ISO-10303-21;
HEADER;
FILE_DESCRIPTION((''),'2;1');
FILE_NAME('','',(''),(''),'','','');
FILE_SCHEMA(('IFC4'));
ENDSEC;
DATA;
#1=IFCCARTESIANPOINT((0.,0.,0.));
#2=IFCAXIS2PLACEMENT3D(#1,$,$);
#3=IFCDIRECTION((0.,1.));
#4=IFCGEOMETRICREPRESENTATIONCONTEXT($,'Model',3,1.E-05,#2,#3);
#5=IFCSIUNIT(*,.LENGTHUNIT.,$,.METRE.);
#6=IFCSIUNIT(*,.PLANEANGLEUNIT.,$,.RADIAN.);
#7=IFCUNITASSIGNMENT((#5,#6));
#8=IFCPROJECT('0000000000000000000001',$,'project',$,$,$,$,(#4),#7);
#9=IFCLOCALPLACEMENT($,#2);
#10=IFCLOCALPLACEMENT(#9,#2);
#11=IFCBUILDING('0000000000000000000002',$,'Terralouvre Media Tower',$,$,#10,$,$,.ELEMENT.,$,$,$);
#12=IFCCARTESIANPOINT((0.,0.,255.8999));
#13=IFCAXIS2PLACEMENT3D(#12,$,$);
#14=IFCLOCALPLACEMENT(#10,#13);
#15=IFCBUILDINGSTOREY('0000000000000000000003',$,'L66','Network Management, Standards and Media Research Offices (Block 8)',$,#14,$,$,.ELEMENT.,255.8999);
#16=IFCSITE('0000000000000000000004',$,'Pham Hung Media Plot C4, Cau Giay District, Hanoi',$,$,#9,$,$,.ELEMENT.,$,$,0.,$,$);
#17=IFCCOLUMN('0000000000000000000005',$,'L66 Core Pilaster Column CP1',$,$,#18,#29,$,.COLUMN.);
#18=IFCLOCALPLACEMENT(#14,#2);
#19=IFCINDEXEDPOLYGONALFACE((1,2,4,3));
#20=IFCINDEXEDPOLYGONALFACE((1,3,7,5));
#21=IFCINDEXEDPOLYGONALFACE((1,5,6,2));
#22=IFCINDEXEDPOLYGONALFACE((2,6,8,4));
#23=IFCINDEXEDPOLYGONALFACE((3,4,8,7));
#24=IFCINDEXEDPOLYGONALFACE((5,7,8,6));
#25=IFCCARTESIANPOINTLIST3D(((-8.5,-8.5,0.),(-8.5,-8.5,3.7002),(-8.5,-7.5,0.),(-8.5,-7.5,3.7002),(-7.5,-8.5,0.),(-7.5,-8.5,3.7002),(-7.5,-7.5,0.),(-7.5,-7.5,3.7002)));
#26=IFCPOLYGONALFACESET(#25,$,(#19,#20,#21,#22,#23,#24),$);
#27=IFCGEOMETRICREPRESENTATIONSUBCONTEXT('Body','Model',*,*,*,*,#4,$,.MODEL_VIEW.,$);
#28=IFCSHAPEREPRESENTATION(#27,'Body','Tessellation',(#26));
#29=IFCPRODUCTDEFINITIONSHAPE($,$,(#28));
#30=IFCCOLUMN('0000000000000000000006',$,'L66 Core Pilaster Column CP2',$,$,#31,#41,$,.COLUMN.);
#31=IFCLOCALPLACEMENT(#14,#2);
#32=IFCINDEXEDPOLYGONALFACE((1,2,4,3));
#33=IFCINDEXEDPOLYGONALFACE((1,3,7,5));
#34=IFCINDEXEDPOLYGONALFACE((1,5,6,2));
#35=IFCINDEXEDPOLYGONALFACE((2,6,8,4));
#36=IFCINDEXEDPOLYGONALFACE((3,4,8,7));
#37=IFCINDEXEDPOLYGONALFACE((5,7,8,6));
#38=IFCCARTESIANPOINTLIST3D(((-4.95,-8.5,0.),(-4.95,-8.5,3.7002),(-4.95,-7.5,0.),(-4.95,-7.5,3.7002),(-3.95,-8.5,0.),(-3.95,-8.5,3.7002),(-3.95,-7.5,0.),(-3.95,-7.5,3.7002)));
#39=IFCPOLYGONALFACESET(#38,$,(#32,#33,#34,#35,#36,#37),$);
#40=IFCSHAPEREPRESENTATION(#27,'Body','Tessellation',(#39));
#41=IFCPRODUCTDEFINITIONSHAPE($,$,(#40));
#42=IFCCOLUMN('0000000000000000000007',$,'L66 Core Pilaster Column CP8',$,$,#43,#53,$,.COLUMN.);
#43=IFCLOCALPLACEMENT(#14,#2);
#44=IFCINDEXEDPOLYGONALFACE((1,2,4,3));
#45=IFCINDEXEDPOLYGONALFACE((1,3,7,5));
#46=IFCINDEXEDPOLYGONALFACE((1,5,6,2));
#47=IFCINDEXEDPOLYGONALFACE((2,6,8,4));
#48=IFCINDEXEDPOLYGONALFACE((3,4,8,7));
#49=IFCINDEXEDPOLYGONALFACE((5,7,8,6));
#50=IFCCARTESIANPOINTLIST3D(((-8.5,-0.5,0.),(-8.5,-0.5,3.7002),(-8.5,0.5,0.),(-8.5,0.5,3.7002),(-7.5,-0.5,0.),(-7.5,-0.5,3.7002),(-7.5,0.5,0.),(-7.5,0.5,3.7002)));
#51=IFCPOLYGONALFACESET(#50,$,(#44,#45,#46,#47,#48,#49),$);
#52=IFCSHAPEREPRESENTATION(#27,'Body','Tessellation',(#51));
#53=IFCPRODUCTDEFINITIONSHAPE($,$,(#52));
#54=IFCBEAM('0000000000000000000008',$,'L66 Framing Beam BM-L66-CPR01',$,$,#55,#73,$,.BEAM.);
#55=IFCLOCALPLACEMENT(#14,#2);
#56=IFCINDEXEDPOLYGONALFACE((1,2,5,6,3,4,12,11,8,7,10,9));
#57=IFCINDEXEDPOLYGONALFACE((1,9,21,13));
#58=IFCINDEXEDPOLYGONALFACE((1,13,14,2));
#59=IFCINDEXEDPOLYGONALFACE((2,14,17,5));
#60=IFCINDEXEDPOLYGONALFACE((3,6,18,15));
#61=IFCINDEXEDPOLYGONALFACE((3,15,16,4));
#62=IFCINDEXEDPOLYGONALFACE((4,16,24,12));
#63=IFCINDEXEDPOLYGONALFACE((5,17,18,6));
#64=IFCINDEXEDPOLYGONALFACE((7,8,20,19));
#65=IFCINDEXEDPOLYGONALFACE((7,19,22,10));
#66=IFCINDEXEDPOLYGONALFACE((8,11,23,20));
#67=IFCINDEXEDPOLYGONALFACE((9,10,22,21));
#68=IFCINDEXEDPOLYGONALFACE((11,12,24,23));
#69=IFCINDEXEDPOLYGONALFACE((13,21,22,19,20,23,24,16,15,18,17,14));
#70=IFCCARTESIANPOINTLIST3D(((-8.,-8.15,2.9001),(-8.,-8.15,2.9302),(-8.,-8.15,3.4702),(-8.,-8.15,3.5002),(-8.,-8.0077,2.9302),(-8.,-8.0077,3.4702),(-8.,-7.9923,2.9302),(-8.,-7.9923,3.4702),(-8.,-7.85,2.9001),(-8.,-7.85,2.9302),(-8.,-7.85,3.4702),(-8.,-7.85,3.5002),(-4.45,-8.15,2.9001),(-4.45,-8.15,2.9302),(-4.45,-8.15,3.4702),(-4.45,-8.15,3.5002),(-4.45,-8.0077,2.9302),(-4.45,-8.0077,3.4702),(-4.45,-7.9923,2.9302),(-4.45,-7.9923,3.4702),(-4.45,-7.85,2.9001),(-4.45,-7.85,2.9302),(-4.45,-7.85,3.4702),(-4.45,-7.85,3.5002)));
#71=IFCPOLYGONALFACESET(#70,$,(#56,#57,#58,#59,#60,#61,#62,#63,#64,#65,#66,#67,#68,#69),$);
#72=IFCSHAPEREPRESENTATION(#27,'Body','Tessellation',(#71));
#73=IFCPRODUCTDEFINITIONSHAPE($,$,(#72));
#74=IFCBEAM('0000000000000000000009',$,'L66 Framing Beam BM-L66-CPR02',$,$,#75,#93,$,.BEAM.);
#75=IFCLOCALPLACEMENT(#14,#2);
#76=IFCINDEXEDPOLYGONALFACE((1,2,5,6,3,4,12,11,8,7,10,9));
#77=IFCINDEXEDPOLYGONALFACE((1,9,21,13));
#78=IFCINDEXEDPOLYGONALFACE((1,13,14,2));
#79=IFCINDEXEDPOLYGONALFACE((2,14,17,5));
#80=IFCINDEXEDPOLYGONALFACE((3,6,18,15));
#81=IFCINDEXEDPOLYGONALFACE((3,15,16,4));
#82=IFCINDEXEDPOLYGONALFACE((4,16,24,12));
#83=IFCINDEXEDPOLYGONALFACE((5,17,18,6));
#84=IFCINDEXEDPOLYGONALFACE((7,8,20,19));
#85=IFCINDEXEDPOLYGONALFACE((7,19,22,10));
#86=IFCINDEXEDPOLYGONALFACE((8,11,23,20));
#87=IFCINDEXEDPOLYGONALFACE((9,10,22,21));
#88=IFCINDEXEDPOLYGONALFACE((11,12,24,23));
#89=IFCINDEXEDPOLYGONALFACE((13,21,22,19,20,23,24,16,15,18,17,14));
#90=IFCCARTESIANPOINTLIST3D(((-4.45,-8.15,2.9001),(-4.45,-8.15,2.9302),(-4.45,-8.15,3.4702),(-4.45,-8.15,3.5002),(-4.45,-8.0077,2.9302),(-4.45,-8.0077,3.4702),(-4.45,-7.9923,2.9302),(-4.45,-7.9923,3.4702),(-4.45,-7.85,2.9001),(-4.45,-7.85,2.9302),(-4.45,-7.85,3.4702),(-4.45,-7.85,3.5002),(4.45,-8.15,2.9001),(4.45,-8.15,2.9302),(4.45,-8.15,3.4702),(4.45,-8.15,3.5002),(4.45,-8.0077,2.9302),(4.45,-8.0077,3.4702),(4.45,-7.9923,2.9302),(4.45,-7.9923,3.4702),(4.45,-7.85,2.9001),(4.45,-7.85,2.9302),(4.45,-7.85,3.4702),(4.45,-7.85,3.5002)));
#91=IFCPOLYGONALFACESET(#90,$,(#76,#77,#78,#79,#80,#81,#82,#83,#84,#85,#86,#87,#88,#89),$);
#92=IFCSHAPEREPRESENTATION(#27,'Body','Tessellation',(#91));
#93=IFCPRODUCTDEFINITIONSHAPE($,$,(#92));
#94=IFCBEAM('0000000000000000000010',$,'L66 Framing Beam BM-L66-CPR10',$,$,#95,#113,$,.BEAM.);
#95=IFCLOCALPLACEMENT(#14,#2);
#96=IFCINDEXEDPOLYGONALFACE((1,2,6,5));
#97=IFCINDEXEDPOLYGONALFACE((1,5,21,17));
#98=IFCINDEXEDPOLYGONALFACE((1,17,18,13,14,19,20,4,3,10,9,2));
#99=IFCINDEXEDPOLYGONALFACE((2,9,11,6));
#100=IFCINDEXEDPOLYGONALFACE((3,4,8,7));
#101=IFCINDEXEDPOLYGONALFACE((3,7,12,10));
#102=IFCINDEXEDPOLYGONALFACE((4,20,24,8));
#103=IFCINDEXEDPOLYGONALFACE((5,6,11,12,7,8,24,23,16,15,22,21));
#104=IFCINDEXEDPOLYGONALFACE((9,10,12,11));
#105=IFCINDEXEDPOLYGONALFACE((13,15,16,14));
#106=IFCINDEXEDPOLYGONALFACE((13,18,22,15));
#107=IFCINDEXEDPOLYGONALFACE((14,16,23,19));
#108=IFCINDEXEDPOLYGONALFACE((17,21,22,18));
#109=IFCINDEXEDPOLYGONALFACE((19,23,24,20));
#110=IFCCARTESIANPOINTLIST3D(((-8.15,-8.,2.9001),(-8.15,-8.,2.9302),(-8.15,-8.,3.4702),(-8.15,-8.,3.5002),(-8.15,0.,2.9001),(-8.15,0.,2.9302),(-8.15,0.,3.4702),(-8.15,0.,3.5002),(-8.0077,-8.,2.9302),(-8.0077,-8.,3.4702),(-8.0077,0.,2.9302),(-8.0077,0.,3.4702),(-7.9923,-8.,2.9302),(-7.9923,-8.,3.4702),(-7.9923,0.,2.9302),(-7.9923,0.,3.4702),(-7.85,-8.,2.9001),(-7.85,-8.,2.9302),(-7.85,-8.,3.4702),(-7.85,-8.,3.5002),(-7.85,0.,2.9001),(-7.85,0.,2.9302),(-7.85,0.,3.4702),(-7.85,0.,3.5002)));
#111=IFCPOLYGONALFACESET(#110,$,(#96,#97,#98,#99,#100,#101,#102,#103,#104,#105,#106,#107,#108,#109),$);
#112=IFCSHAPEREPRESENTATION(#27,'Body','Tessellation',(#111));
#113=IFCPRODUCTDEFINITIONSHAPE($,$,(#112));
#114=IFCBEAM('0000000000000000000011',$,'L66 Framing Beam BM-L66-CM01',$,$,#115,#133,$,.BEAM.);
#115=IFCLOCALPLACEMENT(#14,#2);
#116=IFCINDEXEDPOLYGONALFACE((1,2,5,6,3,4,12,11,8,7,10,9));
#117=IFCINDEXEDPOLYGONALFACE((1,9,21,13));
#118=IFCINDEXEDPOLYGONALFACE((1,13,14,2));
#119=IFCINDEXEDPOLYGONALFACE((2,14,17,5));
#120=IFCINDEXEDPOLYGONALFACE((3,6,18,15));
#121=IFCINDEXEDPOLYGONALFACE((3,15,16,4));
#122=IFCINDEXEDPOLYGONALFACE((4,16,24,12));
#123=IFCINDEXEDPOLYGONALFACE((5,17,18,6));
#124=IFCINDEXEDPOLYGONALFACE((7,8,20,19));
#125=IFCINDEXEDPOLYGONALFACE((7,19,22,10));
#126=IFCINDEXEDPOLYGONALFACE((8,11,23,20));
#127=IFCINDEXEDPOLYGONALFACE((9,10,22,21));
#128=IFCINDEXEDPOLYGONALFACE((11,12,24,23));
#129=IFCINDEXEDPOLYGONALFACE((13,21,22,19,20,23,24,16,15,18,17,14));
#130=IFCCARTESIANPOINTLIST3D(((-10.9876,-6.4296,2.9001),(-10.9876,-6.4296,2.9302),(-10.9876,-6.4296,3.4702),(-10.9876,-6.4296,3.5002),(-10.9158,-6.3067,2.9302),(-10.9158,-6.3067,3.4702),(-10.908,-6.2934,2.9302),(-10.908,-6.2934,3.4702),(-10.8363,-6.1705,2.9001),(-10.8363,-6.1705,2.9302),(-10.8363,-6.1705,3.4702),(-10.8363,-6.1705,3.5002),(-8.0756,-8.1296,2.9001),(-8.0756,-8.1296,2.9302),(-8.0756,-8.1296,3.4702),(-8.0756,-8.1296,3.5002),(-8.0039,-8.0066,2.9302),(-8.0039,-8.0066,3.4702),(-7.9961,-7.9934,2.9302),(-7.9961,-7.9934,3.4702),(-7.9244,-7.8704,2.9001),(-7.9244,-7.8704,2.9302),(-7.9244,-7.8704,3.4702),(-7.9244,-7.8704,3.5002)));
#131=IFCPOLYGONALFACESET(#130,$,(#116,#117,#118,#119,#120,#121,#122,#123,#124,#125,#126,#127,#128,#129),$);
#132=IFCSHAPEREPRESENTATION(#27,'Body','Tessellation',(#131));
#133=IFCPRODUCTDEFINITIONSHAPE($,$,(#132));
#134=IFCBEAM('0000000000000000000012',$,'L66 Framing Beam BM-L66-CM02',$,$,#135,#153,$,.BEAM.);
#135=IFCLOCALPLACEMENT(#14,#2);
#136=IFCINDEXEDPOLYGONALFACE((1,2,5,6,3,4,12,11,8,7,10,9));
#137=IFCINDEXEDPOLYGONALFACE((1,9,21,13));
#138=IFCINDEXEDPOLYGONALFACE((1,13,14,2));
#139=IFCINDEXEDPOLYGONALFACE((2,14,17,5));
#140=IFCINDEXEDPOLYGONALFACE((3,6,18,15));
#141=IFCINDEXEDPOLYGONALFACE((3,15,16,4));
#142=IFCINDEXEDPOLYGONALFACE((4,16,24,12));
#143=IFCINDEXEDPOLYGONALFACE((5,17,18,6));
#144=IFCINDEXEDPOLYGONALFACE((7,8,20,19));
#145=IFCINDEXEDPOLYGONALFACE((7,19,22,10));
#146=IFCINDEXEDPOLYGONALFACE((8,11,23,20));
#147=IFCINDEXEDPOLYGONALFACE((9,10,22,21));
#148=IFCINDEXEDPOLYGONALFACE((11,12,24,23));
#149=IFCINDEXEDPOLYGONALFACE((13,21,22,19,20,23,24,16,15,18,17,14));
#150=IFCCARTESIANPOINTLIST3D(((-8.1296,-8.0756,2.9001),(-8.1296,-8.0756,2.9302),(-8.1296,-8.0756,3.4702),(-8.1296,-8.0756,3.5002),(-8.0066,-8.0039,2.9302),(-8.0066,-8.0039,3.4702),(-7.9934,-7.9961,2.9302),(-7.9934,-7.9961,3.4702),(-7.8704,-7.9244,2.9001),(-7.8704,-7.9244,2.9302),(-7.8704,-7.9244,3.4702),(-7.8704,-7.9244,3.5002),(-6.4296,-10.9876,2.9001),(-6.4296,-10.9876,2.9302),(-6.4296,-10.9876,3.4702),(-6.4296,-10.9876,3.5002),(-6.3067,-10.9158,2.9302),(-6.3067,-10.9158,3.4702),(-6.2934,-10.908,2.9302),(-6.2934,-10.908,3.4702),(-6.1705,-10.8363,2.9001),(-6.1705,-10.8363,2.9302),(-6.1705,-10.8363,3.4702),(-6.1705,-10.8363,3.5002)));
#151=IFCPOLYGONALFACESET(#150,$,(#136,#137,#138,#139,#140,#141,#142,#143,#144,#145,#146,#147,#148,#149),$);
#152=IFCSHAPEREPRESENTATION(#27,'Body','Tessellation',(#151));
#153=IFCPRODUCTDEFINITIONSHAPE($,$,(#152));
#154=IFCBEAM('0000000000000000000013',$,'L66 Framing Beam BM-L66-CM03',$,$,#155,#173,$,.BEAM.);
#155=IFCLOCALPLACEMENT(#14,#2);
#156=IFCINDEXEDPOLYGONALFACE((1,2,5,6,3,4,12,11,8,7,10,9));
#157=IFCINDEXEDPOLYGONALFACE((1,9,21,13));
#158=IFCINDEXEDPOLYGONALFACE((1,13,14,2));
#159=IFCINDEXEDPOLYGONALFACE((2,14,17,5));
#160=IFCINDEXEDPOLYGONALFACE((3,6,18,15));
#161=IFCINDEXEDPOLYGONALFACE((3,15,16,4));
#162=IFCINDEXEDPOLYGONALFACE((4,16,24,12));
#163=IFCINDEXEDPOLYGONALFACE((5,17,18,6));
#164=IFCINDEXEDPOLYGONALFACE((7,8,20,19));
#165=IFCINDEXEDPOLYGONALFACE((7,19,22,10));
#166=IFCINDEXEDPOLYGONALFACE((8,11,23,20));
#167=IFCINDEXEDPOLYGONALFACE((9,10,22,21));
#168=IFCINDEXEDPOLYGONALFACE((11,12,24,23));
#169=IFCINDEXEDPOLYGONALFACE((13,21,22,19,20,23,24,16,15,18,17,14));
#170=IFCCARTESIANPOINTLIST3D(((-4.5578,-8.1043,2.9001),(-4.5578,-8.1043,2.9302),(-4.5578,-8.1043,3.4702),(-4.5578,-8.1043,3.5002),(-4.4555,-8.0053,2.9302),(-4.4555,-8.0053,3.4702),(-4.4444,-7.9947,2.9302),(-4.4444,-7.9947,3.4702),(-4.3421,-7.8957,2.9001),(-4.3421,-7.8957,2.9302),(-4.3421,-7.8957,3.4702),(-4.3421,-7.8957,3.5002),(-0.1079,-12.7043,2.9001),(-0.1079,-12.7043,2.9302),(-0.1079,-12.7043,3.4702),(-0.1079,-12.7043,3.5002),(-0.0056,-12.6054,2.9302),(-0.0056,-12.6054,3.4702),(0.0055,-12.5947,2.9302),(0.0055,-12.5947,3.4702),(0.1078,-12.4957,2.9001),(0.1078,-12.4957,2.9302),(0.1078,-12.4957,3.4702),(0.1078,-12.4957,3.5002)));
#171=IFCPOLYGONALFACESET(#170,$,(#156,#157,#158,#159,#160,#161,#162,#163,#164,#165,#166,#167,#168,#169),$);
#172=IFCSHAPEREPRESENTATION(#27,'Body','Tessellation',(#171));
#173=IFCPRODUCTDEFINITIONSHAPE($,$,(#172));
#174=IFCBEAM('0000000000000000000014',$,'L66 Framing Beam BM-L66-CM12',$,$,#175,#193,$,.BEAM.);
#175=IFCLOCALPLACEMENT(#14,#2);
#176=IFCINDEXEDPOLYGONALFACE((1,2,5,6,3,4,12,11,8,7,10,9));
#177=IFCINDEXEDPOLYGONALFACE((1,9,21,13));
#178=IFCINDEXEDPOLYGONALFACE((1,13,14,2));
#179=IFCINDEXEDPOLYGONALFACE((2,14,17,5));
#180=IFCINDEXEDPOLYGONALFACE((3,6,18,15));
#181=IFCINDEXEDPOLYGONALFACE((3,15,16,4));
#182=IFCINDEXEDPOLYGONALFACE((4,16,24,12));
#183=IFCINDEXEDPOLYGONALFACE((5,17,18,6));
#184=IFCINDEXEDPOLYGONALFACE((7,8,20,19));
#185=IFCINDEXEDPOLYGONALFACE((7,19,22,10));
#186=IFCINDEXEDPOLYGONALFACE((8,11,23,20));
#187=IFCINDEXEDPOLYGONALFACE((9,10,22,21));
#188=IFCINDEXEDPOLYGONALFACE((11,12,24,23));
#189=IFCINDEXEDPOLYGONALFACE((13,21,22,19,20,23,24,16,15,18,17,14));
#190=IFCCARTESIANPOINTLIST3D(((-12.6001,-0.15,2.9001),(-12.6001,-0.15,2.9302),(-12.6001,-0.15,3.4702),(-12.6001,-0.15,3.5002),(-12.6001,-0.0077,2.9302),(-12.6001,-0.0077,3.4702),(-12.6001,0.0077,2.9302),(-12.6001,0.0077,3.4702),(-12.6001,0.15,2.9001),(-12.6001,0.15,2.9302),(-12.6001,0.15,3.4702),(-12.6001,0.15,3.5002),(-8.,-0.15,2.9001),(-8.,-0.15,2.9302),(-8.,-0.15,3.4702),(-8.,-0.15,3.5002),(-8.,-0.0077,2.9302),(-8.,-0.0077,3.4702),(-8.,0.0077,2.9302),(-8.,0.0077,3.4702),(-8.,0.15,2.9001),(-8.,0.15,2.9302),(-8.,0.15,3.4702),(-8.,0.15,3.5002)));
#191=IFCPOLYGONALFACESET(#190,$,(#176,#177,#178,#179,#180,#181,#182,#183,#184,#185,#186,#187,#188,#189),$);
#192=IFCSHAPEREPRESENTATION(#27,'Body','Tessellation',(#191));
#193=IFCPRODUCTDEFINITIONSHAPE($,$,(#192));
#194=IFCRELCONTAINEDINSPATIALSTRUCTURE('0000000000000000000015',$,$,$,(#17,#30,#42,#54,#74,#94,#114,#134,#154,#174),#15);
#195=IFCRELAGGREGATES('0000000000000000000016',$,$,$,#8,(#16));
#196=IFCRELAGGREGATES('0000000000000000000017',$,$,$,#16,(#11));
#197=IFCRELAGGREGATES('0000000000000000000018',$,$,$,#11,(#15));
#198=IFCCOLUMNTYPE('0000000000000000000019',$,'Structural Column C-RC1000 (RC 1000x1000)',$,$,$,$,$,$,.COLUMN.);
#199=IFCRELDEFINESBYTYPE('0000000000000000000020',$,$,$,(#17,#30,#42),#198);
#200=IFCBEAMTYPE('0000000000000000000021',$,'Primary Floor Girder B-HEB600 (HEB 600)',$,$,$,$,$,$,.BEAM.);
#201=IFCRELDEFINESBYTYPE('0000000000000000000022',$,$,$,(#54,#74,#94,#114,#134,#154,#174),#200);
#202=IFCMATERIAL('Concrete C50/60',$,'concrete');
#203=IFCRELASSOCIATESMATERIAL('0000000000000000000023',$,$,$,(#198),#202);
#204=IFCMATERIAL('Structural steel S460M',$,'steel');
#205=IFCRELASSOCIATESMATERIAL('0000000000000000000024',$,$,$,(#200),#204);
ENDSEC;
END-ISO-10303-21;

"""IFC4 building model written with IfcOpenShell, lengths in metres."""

from ifc_helpers import new_model, si_unit, direction, frame, origin, origin_2d, place, context, subcontext, project, spatial, rectangle, i_section, extrude, material, material_profile, profile_set, type_object, element, save


model = new_model("IFC4")

# Units and contexts
model_context = context("Model", 3, precision=1e-05, world=origin(), true_north=direction((0.0, 1.0)))
body_context = subcontext(model_context, "Body", "Model", "MODEL_VIEW")
ifc_project = project(units=[si_unit("LENGTHUNIT", "METRE"), si_unit("PLANEANGLEUNIT", "RADIAN")], contexts=[model_context])

# Site, building, storey
site_placement = place(None, origin())
site = spatial("IfcSite", under=ifc_project, at=site_placement, Name="Pham Hung Media Plot C4, Cau Giay District, Hanoi", CompositionType="ELEMENT", RefElevation=0.0)
building_placement = place(site_placement, origin())
building = spatial("IfcBuilding", under=site, at=building_placement, Name="Terralouvre Media Tower", CompositionType="ELEMENT")
storey_placement = place(building_placement, frame((0.0, 0.0, 255.8999)))
storey = spatial("IfcBuildingStorey", under=building, at=storey_placement, Name="L66", Description="Network Management, Standards and Media Research Offices (Block 8)", CompositionType="ELEMENT", Elevation=255.8999)

# Columns
ifc_material_1 = material(Name="Concrete C50/60", Category="concrete")
ifc_material_profile_1 = material_profile(ifc_material_1, rectangle(XDim=1.0, YDim=1.0, at=origin_2d()), Name="RC 1000x1000")
ifc_profile_set_1 = profile_set([ifc_material_profile_1], Name="Concrete C50/60")
column_type = type_object("IfcColumnType", Name="Structural Column C-RC1000 (RC 1000x1000)", PredefinedType="COLUMN", material=ifc_profile_set_1)
for number, where, z_axis, x_axis, name in (
    (1, (-8.0, -8.0, 0.0), (0.0, 0.0, 1.0), (1.0, 0.0, 0.0), "L66 Core Pilaster Column CP1"),
    (2, (-4.45, -8.0, 0.0), (0.0, 0.0, 1.0), (1.0, 0.0, 0.0), "L66 Core Pilaster Column CP2"),
    (3, (-8.0, 0.0, 0.0), (0.0, 0.0, 1.0), (1.0, 0.0, 0.0), "L66 Core Pilaster Column CP8"),
):
    element("IfcColumn", number, at=place(storey_placement, frame(where, z_axis=z_axis, x_axis=x_axis)), inside=storey, type_object=column_type, Name=name, PredefinedType="COLUMN", context=body_context, shape_type="SweptSolid", body=[
        extrude(rectangle(XDim=1.0, YDim=1.0, at=origin_2d()), origin(), (0.0, 0.0, 1.0), 3.7002),
    ])

# Beams
ifc_material_2 = material(Name="Structural steel S460M", Category="steel")
ifc_material_profile_2 = material_profile(ifc_material_2, i_section(OverallWidth=0.3, OverallDepth=0.6001, WebThickness=0.0154, FlangeThickness=0.03, at=origin_2d()), Name="HEB 600")
ifc_profile_set_2 = profile_set([ifc_material_profile_2], Name="Structural steel S460M")
beam_type = type_object("IfcBeamType", Name="Primary Floor Girder B-HEB600 (HEB 600)", PredefinedType="BEAM", material=ifc_profile_set_2)
beam_1_placement = place(storey_placement, frame((-8.0, -8.0, 3.2002), z_axis=(1.0, 0.0, 0.0), x_axis=(0.0, 1.0, 0.0)))
element("IfcBeam", 4, at=beam_1_placement, inside=storey, type_object=beam_type, Name="L66 Framing Beam BM-L66-CPR01", PredefinedType="BEAM", context=body_context, shape_type="SweptSolid", body=[
    extrude(i_section(OverallWidth=0.3, OverallDepth=0.6001, WebThickness=0.0154, FlangeThickness=0.03, at=origin_2d()), origin(), (0.0, 0.0, 1.0), 3.55),
])
beam_2_placement = place(storey_placement, frame((-4.45, -8.0, 3.2002), z_axis=(1.0, 0.0, 0.0), x_axis=(0.0, 1.0, 0.0)))
element("IfcBeam", 5, at=beam_2_placement, inside=storey, type_object=beam_type, Name="L66 Framing Beam BM-L66-CPR02", PredefinedType="BEAM", context=body_context, shape_type="SweptSolid", body=[
    extrude(i_section(OverallWidth=0.3, OverallDepth=0.6001, WebThickness=0.0154, FlangeThickness=0.03, at=origin_2d()), origin(), (0.0, 0.0, 1.0), 8.8999),
])
beam_3_placement = place(storey_placement, frame((-8.0, 0.0, 3.2002), z_axis=(0.0, -1.0, 0.0), x_axis=(1.0, 0.0, 0.0)))
element("IfcBeam", 6, at=beam_3_placement, inside=storey, type_object=beam_type, Name="L66 Framing Beam BM-L66-CPR10", PredefinedType="BEAM", context=body_context, shape_type="SweptSolid", body=[
    extrude(i_section(OverallWidth=0.3, OverallDepth=0.6001, WebThickness=0.0154, FlangeThickness=0.03, at=origin_2d()), origin(), (0.0, 0.0, 1.0), 8.0),
])
for number, where, z_axis, x_axis, name in (
    (7, (-8.0, -8.0, 3.2002), (-0.863603, 0.504173, 0.0), (-0.504173, -0.863603, 0.0), "L66 Framing Beam BM-L66-CM01"),
    (8, (-8.0, -8.0, 3.2002), (0.504173, -0.863603, 0.0), (0.863603, 0.504173, 0.0), "L66 Framing Beam BM-L66-CM02"),
):
    element("IfcBeam", number, at=place(storey_placement, frame(where, z_axis=z_axis, x_axis=x_axis)), inside=storey, type_object=beam_type, Name=name, PredefinedType="BEAM", context=body_context, shape_type="SweptSolid", body=[
        extrude(i_section(OverallWidth=0.3, OverallDepth=0.6001, WebThickness=0.0154, FlangeThickness=0.03, at=origin_2d()), origin(), (0.0, 0.0, 1.0), 3.3718),
    ])
beam_4_placement = place(storey_placement, frame((-4.45, -8.0, 3.2002), z_axis=(0.69528, -0.718739, 0.0), x_axis=(0.718739, 0.69528, 0.0)))
element("IfcBeam", 9, at=beam_4_placement, inside=storey, type_object=beam_type, Name="L66 Framing Beam BM-L66-CM03", PredefinedType="BEAM", context=body_context, shape_type="SweptSolid", body=[
    extrude(i_section(OverallWidth=0.3, OverallDepth=0.6001, WebThickness=0.0154, FlangeThickness=0.03, at=origin_2d()), origin(), (0.0, 0.0, 1.0), 6.4001),
])
beam_5_placement = place(storey_placement, frame((-8.0, 0.0, 3.2002), z_axis=(-1.0, 0.0, 0.0), x_axis=(0.0, -1.0, 0.0)))
element("IfcBeam", 10, at=beam_5_placement, inside=storey, type_object=beam_type, Name="L66 Framing Beam BM-L66-CM12", PredefinedType="BEAM", context=body_context, shape_type="SweptSolid", body=[
    extrude(i_section(OverallWidth=0.3, OverallDepth=0.6001, WebThickness=0.0154, FlangeThickness=0.03, at=origin_2d()), origin(), (0.0, 0.0, 1.0), 4.6001),
])

save(model, "model.ifc")
